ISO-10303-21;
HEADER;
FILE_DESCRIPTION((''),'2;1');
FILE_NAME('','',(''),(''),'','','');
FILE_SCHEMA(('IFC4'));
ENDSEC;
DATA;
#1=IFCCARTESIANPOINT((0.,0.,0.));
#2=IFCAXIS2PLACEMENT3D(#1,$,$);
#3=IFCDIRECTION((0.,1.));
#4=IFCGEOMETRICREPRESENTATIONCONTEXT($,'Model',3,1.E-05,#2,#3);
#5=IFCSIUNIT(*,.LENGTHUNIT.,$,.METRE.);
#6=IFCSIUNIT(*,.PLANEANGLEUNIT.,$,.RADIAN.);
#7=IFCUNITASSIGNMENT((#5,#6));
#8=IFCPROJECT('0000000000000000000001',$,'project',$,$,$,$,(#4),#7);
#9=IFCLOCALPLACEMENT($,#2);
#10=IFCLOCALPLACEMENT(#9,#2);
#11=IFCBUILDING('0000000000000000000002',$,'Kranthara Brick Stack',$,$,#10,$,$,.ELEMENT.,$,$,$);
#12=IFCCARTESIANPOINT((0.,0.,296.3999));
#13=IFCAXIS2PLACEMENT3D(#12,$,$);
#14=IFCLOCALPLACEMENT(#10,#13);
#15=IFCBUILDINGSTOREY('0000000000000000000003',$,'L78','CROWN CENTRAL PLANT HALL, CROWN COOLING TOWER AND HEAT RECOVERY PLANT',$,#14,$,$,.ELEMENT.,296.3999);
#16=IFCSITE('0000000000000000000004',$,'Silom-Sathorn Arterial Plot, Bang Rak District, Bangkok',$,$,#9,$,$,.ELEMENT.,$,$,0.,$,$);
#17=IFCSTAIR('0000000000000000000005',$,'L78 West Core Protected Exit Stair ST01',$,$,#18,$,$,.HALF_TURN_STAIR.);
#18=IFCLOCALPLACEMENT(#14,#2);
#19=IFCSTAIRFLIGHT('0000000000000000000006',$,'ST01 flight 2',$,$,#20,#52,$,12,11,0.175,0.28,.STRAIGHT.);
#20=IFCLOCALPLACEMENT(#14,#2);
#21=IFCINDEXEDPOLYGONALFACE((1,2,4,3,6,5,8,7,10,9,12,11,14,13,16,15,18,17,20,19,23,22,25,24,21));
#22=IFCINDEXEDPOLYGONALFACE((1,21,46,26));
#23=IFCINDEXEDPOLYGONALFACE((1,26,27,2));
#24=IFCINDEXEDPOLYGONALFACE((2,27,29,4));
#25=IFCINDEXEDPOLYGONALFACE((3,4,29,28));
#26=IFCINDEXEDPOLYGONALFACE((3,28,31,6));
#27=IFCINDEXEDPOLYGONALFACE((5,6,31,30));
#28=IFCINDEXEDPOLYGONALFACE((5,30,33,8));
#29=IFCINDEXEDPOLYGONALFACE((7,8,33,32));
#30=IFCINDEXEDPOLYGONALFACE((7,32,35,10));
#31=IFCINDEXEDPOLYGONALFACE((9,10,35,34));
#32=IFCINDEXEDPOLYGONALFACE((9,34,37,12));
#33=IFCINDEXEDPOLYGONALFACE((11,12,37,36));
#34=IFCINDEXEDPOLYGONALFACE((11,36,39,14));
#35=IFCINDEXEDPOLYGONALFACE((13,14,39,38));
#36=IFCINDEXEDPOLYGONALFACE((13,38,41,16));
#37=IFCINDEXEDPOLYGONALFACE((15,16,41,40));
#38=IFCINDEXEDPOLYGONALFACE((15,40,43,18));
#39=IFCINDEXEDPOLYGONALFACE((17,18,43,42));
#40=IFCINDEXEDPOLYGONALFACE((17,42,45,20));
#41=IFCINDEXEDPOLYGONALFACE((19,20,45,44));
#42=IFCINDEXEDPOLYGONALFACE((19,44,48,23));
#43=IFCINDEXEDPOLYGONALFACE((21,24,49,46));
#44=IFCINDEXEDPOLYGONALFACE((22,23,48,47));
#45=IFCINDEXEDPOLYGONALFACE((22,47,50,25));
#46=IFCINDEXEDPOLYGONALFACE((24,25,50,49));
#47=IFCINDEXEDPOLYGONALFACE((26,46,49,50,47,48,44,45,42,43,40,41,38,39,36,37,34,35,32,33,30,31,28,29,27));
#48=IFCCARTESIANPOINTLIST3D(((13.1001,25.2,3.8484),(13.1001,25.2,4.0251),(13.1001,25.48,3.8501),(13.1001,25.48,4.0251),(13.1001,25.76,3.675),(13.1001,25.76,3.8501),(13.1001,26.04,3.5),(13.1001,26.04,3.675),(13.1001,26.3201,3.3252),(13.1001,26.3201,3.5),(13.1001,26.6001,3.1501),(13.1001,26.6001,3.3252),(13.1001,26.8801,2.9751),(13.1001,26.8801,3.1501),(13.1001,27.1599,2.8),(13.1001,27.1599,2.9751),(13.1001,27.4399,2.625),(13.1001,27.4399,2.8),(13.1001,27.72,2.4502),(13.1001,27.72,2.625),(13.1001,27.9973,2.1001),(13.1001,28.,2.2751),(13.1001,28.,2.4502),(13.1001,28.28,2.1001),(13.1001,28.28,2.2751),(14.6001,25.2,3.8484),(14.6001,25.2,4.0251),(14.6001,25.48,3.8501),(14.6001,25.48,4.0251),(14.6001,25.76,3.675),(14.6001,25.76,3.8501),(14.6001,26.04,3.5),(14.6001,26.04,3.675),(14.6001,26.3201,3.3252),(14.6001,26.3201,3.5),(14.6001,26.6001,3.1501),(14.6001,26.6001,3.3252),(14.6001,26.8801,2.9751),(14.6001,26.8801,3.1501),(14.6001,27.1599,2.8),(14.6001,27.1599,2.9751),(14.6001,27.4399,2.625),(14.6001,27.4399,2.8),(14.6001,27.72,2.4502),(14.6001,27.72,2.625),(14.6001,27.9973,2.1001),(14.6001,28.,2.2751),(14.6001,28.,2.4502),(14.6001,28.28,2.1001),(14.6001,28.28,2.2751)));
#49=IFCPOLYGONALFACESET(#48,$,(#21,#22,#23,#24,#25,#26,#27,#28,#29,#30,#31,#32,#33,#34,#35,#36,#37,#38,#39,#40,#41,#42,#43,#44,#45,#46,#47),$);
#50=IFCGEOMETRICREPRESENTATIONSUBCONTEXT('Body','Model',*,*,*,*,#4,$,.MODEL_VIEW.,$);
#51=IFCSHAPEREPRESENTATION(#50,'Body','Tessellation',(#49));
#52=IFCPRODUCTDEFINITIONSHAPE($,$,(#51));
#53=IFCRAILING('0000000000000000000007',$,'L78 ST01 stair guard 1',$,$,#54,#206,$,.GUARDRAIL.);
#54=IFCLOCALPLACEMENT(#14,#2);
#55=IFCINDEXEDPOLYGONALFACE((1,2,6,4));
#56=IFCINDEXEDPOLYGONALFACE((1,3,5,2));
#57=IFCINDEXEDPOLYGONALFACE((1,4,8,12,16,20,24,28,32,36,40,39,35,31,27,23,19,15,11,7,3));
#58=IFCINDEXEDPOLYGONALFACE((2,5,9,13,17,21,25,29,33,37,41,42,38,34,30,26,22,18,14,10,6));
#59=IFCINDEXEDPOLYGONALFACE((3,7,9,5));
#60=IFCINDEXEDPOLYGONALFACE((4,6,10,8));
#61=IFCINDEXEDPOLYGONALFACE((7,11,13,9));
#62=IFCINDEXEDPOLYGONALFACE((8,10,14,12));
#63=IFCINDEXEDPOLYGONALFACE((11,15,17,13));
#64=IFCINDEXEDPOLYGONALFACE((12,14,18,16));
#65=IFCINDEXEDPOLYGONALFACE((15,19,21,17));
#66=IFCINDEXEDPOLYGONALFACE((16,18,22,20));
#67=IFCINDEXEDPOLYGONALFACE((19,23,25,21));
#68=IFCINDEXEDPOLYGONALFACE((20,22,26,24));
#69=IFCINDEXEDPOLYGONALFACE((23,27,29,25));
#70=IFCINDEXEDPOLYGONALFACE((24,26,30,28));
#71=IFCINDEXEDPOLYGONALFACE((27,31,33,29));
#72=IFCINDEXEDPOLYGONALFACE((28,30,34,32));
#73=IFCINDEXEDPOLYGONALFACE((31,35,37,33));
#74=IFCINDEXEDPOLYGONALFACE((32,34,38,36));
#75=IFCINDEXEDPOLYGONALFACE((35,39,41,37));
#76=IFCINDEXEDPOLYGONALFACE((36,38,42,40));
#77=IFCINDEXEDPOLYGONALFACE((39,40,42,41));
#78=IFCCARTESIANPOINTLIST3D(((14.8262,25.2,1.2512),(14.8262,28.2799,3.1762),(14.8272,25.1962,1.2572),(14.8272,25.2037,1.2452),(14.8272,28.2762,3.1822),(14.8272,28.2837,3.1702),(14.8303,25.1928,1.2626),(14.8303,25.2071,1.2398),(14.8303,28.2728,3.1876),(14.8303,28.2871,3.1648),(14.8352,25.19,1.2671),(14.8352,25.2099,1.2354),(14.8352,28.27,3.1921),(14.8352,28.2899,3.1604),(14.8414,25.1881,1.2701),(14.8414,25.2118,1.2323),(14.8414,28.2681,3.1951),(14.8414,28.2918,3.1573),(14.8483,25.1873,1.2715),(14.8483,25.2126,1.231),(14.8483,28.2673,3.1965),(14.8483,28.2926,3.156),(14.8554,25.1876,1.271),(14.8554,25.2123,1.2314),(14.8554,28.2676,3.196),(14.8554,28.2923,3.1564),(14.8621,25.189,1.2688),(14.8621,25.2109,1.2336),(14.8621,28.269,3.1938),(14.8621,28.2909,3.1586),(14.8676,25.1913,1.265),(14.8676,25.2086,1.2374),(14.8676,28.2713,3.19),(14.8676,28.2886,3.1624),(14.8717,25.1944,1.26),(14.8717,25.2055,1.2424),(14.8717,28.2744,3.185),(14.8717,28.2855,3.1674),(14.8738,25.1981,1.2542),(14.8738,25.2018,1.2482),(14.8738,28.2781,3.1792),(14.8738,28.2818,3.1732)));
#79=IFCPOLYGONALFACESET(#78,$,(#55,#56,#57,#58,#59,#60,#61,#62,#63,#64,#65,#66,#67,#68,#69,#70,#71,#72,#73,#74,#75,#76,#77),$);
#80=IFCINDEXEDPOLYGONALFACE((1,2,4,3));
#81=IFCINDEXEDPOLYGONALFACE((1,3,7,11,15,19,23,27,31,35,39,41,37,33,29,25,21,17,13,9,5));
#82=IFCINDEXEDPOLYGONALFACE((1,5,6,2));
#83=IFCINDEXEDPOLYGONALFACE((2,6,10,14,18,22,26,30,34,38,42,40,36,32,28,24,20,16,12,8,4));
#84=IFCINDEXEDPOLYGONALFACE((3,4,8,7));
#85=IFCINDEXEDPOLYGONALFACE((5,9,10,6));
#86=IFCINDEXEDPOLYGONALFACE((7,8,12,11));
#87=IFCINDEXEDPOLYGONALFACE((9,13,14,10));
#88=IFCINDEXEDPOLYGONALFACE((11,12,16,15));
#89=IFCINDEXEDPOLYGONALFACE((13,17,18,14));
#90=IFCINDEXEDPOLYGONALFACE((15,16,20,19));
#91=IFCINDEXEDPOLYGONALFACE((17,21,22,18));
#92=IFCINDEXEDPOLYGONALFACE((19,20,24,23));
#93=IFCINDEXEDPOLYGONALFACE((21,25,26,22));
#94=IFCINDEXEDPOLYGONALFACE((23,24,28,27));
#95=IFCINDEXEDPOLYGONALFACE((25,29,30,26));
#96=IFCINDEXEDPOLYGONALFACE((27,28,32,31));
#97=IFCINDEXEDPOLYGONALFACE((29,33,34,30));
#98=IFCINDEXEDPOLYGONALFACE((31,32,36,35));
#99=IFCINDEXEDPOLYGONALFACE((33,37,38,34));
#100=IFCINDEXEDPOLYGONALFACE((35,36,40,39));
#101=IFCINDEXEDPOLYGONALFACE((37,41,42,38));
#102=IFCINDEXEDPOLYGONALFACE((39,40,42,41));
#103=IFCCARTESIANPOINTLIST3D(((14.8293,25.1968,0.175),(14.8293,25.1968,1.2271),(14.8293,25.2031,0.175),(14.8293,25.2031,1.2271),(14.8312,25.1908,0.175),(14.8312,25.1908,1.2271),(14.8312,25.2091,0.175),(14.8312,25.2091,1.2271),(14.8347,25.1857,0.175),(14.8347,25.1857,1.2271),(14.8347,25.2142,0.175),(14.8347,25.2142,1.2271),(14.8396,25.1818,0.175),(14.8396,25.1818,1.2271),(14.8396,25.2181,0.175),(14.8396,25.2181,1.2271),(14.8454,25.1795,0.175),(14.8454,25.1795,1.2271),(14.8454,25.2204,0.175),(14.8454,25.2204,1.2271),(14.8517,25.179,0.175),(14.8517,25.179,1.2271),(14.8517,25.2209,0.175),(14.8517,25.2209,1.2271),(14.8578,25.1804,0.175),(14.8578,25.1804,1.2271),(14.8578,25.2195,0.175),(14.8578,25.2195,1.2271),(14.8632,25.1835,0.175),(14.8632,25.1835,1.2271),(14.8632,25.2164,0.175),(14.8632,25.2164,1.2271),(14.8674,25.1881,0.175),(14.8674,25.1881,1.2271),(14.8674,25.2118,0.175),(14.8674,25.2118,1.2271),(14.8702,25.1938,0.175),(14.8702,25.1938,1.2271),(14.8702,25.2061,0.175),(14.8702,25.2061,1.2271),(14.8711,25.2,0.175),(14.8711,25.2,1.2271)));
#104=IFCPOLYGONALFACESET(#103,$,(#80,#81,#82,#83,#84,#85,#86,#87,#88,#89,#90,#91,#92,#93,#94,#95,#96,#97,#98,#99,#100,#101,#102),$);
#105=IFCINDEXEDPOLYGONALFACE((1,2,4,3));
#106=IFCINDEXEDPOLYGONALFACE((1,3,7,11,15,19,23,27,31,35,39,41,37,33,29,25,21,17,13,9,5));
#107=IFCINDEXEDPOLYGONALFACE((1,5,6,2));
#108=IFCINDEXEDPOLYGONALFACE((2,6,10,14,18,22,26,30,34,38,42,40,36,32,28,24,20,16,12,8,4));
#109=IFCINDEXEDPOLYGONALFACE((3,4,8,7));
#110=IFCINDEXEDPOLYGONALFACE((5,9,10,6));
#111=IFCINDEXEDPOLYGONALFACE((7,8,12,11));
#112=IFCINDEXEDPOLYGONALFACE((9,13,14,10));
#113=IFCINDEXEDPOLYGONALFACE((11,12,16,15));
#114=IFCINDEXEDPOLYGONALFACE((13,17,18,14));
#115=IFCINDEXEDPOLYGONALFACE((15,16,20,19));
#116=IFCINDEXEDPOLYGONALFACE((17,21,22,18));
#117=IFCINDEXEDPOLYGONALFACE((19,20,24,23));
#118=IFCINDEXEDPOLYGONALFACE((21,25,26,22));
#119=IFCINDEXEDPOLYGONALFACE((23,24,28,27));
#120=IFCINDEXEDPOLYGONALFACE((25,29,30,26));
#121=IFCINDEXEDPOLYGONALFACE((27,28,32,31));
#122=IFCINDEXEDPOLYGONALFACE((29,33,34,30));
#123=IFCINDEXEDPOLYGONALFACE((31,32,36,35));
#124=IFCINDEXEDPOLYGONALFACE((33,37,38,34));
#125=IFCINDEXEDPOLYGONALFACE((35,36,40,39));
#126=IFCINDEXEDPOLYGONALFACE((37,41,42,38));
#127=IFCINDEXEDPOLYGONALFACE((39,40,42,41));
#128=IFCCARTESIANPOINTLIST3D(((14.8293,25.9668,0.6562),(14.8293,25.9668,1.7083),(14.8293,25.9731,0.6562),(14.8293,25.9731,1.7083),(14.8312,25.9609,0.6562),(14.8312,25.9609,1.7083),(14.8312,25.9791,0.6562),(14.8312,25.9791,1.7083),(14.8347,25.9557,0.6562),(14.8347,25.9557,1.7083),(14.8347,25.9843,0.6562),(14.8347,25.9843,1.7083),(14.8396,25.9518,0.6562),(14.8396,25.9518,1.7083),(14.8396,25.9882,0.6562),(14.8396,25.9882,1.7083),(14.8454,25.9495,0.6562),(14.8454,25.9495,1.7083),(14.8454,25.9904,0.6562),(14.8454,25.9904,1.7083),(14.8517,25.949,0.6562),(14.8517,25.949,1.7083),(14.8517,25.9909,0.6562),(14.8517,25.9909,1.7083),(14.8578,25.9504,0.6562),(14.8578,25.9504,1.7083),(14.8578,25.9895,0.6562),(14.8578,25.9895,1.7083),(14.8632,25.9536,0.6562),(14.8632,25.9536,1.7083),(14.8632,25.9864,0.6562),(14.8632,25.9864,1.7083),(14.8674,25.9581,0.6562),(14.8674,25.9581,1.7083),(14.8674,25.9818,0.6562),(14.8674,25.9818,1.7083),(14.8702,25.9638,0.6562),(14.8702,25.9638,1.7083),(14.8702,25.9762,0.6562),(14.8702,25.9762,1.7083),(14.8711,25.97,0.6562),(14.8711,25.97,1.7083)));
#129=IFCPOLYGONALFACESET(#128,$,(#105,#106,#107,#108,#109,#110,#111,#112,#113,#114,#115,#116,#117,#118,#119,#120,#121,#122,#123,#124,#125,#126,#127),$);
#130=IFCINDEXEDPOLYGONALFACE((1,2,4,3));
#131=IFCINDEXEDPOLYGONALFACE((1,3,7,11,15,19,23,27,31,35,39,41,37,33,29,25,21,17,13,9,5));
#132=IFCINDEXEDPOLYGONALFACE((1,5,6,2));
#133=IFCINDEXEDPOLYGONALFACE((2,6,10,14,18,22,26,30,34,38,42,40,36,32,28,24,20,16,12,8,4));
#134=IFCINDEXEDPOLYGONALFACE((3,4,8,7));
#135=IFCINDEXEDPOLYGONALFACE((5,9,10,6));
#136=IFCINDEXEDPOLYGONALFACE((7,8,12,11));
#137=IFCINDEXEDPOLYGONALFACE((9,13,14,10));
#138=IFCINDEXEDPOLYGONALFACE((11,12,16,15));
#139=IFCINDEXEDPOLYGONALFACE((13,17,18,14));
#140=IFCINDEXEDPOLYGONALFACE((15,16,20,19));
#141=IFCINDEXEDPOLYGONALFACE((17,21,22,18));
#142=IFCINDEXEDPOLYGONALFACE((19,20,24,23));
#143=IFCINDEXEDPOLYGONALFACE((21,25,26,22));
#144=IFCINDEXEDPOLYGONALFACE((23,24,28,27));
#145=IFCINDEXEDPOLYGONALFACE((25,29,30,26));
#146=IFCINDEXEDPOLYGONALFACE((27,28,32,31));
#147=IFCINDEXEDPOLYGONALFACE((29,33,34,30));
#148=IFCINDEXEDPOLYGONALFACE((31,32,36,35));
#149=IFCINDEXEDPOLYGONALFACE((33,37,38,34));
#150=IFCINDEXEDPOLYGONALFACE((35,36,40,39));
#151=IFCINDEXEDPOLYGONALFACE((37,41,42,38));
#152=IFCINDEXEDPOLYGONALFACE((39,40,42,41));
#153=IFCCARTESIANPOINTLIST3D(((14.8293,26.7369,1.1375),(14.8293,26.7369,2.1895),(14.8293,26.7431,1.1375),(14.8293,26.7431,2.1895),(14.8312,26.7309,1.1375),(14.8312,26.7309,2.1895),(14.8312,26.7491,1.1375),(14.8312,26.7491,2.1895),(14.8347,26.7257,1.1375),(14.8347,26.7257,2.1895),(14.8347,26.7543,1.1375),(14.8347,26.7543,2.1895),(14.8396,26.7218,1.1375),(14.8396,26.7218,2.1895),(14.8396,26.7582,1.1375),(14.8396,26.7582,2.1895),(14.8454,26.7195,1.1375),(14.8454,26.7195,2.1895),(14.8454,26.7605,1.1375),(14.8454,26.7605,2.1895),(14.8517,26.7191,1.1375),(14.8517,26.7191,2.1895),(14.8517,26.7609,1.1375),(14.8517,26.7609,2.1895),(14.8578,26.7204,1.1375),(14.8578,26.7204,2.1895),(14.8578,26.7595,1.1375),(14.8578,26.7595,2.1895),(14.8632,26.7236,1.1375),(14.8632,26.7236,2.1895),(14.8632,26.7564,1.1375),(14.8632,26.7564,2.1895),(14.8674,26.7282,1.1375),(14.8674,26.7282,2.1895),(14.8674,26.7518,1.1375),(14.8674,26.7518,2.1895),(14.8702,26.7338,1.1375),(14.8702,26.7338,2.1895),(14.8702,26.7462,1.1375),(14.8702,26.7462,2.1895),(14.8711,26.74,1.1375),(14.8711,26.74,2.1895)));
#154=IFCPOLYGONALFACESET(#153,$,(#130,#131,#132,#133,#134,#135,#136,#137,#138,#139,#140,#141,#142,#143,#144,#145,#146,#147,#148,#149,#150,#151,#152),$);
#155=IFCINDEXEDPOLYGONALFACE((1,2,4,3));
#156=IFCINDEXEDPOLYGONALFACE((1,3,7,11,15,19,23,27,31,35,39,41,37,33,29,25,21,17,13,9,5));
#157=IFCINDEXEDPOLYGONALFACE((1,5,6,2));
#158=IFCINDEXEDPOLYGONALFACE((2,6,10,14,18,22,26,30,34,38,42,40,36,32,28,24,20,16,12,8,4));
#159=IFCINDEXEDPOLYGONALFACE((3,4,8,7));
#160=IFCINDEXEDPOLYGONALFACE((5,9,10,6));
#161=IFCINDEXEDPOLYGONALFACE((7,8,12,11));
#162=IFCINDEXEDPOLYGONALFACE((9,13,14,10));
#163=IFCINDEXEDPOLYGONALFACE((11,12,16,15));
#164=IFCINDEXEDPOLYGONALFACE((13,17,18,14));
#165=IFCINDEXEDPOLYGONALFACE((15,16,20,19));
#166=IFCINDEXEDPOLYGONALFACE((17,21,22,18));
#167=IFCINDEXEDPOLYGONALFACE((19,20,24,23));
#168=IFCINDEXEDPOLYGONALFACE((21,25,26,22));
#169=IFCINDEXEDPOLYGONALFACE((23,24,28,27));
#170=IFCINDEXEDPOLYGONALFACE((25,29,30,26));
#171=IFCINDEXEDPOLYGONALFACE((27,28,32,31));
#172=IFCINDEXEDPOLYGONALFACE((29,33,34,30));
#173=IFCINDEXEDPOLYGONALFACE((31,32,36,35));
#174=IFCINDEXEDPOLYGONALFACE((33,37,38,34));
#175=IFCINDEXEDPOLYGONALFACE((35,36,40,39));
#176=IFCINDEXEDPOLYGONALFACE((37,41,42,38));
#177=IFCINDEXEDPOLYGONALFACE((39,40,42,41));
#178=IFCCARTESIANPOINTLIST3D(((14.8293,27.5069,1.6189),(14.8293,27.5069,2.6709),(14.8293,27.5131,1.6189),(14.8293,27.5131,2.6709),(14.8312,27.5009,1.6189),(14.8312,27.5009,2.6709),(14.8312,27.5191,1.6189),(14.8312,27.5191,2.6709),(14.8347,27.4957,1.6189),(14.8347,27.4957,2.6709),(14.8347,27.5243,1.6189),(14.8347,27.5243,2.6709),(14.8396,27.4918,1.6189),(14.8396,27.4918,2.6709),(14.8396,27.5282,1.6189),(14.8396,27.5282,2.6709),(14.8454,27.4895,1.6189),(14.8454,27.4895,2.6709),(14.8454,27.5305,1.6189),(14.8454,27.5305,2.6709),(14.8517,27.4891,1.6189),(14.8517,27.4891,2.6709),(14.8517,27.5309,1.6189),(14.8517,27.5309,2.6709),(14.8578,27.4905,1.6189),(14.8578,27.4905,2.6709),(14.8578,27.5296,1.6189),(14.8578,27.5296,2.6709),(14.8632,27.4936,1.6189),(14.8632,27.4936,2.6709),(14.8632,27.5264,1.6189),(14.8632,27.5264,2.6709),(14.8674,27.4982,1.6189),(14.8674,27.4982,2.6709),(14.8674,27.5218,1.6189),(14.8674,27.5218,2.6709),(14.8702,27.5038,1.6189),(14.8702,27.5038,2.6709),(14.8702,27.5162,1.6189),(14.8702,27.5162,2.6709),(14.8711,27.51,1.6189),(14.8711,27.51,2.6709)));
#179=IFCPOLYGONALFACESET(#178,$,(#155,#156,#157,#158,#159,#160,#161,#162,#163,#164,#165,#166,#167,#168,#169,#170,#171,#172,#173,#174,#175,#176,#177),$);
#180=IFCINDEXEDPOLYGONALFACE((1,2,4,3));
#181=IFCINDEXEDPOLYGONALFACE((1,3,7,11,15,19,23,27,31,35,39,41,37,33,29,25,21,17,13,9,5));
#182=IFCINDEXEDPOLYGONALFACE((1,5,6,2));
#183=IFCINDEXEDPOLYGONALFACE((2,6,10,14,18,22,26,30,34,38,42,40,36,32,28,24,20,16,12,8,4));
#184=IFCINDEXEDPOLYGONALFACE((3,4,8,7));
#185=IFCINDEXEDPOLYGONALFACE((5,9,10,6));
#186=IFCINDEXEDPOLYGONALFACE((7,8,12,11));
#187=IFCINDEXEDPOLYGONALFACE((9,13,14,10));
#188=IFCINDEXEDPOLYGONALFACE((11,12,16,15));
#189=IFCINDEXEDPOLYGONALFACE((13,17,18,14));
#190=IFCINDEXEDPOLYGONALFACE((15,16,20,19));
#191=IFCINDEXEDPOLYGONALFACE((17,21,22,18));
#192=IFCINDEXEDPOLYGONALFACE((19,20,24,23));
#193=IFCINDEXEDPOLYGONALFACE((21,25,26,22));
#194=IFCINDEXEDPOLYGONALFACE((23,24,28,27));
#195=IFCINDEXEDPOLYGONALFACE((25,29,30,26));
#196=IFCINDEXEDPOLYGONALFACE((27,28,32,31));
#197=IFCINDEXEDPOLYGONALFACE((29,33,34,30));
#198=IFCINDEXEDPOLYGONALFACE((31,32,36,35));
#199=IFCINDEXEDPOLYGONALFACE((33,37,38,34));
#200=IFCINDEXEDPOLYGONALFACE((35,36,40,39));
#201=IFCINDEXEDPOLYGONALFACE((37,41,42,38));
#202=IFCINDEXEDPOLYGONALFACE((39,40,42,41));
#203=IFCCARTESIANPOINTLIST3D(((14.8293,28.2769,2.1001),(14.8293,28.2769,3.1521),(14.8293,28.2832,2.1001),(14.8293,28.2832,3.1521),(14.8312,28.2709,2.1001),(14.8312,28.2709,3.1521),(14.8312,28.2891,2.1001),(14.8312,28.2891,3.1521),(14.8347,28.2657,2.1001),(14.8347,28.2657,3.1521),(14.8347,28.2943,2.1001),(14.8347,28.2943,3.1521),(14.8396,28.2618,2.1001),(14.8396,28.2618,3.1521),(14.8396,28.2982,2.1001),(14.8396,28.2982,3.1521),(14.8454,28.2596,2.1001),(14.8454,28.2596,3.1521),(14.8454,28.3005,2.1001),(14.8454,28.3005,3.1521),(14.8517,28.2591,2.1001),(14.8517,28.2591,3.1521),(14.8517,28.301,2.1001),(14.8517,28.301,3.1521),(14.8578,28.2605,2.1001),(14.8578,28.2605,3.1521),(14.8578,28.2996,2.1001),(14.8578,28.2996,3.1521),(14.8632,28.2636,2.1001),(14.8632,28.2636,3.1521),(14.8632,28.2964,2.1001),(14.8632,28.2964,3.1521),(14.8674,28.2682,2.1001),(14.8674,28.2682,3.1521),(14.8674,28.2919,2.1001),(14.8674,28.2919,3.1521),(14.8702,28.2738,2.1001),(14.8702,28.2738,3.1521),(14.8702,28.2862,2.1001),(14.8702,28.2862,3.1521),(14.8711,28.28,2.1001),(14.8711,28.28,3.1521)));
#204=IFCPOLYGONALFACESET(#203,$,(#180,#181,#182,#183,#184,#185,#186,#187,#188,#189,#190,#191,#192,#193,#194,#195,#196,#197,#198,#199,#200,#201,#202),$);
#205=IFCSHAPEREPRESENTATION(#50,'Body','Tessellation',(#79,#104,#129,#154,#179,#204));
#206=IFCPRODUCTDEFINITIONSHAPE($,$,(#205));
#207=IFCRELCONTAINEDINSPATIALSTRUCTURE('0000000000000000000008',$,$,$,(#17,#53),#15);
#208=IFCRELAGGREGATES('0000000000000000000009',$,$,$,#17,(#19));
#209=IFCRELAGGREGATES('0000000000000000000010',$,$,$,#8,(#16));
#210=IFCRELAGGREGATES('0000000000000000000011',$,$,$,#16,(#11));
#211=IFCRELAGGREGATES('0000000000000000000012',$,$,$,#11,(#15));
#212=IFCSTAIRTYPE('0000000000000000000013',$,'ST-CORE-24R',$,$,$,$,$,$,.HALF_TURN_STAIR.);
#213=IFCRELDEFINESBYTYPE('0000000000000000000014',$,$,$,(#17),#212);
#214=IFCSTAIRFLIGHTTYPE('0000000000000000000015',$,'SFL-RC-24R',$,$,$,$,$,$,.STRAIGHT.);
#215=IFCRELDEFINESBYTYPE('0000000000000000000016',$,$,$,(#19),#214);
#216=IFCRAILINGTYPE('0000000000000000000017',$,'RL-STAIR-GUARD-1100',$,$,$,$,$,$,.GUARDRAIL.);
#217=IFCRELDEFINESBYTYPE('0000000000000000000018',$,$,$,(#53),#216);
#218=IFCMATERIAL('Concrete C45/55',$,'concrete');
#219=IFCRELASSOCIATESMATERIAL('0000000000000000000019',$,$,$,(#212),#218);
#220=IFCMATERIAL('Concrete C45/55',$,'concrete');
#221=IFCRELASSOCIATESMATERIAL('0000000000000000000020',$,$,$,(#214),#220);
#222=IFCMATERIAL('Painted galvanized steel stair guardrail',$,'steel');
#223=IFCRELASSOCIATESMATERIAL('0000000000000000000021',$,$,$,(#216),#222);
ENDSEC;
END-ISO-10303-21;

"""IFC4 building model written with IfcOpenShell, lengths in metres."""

from ifc_helpers import new_model, si_unit, direction, frame, origin, origin_2d, place, context, subcontext, project, spatial, polyline, circle, outline, extrude, material, type_object, element, aggregate, save


model = new_model("IFC4")

# Units and contexts
model_context = context("Model", 3, precision=1e-05, world=origin(), true_north=direction((0.0, 1.0)))
body_context = subcontext(model_context, "Body", "Model", "MODEL_VIEW")
ifc_project = project(units=[si_unit("LENGTHUNIT", "METRE"), si_unit("PLANEANGLEUNIT", "RADIAN")], contexts=[model_context])

# Site, building, storey
site_placement = place(None, origin())
site = spatial("IfcSite", under=ifc_project, at=site_placement, Name="Silom-Sathorn Arterial Plot, Bang Rak District, Bangkok", CompositionType="ELEMENT", RefElevation=0.0)
building_placement = place(site_placement, origin())
building = spatial("IfcBuilding", under=site, at=building_placement, Name="Kranthara Brick Stack", CompositionType="ELEMENT")
storey_placement = place(building_placement, frame((0.0, 0.0, 296.3999)))
storey = spatial("IfcBuildingStorey", under=building, at=storey_placement, Name="L78", Description="CROWN CENTRAL PLANT HALL, CROWN COOLING TOWER AND HEAT RECOVERY PLANT", CompositionType="ELEMENT", Elevation=296.3999)

# Stair, stair flight
ifc_material_1 = material(Name="Concrete C45/55", Category="concrete")
stair_type = type_object("IfcStairType", Name="ST-CORE-24R", PredefinedType="HALF_TURN_STAIR", material=ifc_material_1)
stair_placement = place(storey_placement, origin())
stair = element("IfcStair", 1, at=stair_placement, inside=storey, type_object=stair_type, Name="L78 West Core Protected Exit Stair ST01", PredefinedType="HALF_TURN_STAIR")
ifc_material_2 = material(Name="Concrete C45/55", Category="concrete")
stair_flight_type = type_object("IfcStairFlightType", Name="SFL-RC-24R", PredefinedType="STRAIGHT", material=ifc_material_2)
stair_flight_1_placement = place(storey_placement, frame((13.8501, 28.28, 2.1001), z_axis=(0.0, 0.0, 1.0), x_axis=(0.0, -1.0, 0.0)))
stair_flight_1 = element("IfcStairFlight", 2, at=stair_flight_1_placement, type_object=stair_flight_type, Name="ST01 flight 2", NumberOfRisers=12, NumberOfTreads=11, PredefinedType="STRAIGHT", RiserHeight=0.175, TreadLength=0.28, context=body_context, shape_type="SweptSolid", body=[
    extrude(outline(polyline([(0.0, 0.0), (0.0, 0.175), (0.28, 0.175), (0.28, 0.3501), (0.5601, 0.3501), (0.5601, 0.5249), (0.8401, 0.5249), (0.8401, 0.7), (1.1201, 0.7), (1.1201, 0.875), (1.3999, 0.875), (1.3999, 1.05), (1.6799, 1.05), (1.6799, 1.2251), (1.96, 1.2251), (1.96, 1.3999), (2.24, 1.3999), (2.24, 1.575), (2.52, 1.575), (2.52, 1.75), (2.8, 1.75), (2.8, 1.925), (3.0801, 1.925), (3.0801, 2.1001), (3.0801, 1.7483), (0.2827, 0.0), (0.0, 0.0)])), frame((0.0, 0.75, 0.0), z_axis=(0.0, -1.0, 0.0), x_axis=(1.0, 0.0, 0.0)), (0.0, 0.0, 1.0), 1.5),
])
aggregate(stair, [stair_flight_1])

# Railing
ifc_material_3 = material(Name="Painted galvanized steel stair guardrail", Category="steel")
railing_type_1 = type_object("IfcRailingType", Name="RL-STAIR-GUARD-1100", PredefinedType="GUARDRAIL", material=ifc_material_3)
railing_1_placement = place(storey_placement, frame((14.8501, 25.2, 0.175)))
element("IfcRailing", 3, at=railing_1_placement, inside=storey, type_object=railing_type_1, Name="L78 ST01 stair guard 1", PredefinedType="GUARDRAIL", context=body_context, shape_type="SweptSolid", body=[
    extrude(circle(Radius=0.0239, at=origin_2d()), frame((0.0, 0.0, 1.0762), z_axis=(0.0, 0.847998, 0.529999), x_axis=(-1.0, 0.0, 0.0)), (0.0, 0.0, 1.0), 3.6321),
    extrude(circle(Radius=0.021, at=origin_2d()), origin(), (0.0, 0.0, 1.0), 1.052),
    extrude(circle(Radius=0.021, at=origin_2d()), frame((0.0, 0.77, 0.4812)), (0.0, 0.0, 1.0), 1.052),
    extrude(circle(Radius=0.021, at=origin_2d()), frame((0.0, 1.54, 0.9624)), (0.0, 0.0, 1.0), 1.052),
    extrude(circle(Radius=0.021, at=origin_2d()), frame((0.0, 2.3101, 1.4438)), (0.0, 0.0, 1.0), 1.052),
    extrude(circle(Radius=0.021, at=origin_2d()), frame((0.0, 3.0801, 1.925)), (0.0, 0.0, 1.0), 1.052),
])

save(model, "model.ifc")
